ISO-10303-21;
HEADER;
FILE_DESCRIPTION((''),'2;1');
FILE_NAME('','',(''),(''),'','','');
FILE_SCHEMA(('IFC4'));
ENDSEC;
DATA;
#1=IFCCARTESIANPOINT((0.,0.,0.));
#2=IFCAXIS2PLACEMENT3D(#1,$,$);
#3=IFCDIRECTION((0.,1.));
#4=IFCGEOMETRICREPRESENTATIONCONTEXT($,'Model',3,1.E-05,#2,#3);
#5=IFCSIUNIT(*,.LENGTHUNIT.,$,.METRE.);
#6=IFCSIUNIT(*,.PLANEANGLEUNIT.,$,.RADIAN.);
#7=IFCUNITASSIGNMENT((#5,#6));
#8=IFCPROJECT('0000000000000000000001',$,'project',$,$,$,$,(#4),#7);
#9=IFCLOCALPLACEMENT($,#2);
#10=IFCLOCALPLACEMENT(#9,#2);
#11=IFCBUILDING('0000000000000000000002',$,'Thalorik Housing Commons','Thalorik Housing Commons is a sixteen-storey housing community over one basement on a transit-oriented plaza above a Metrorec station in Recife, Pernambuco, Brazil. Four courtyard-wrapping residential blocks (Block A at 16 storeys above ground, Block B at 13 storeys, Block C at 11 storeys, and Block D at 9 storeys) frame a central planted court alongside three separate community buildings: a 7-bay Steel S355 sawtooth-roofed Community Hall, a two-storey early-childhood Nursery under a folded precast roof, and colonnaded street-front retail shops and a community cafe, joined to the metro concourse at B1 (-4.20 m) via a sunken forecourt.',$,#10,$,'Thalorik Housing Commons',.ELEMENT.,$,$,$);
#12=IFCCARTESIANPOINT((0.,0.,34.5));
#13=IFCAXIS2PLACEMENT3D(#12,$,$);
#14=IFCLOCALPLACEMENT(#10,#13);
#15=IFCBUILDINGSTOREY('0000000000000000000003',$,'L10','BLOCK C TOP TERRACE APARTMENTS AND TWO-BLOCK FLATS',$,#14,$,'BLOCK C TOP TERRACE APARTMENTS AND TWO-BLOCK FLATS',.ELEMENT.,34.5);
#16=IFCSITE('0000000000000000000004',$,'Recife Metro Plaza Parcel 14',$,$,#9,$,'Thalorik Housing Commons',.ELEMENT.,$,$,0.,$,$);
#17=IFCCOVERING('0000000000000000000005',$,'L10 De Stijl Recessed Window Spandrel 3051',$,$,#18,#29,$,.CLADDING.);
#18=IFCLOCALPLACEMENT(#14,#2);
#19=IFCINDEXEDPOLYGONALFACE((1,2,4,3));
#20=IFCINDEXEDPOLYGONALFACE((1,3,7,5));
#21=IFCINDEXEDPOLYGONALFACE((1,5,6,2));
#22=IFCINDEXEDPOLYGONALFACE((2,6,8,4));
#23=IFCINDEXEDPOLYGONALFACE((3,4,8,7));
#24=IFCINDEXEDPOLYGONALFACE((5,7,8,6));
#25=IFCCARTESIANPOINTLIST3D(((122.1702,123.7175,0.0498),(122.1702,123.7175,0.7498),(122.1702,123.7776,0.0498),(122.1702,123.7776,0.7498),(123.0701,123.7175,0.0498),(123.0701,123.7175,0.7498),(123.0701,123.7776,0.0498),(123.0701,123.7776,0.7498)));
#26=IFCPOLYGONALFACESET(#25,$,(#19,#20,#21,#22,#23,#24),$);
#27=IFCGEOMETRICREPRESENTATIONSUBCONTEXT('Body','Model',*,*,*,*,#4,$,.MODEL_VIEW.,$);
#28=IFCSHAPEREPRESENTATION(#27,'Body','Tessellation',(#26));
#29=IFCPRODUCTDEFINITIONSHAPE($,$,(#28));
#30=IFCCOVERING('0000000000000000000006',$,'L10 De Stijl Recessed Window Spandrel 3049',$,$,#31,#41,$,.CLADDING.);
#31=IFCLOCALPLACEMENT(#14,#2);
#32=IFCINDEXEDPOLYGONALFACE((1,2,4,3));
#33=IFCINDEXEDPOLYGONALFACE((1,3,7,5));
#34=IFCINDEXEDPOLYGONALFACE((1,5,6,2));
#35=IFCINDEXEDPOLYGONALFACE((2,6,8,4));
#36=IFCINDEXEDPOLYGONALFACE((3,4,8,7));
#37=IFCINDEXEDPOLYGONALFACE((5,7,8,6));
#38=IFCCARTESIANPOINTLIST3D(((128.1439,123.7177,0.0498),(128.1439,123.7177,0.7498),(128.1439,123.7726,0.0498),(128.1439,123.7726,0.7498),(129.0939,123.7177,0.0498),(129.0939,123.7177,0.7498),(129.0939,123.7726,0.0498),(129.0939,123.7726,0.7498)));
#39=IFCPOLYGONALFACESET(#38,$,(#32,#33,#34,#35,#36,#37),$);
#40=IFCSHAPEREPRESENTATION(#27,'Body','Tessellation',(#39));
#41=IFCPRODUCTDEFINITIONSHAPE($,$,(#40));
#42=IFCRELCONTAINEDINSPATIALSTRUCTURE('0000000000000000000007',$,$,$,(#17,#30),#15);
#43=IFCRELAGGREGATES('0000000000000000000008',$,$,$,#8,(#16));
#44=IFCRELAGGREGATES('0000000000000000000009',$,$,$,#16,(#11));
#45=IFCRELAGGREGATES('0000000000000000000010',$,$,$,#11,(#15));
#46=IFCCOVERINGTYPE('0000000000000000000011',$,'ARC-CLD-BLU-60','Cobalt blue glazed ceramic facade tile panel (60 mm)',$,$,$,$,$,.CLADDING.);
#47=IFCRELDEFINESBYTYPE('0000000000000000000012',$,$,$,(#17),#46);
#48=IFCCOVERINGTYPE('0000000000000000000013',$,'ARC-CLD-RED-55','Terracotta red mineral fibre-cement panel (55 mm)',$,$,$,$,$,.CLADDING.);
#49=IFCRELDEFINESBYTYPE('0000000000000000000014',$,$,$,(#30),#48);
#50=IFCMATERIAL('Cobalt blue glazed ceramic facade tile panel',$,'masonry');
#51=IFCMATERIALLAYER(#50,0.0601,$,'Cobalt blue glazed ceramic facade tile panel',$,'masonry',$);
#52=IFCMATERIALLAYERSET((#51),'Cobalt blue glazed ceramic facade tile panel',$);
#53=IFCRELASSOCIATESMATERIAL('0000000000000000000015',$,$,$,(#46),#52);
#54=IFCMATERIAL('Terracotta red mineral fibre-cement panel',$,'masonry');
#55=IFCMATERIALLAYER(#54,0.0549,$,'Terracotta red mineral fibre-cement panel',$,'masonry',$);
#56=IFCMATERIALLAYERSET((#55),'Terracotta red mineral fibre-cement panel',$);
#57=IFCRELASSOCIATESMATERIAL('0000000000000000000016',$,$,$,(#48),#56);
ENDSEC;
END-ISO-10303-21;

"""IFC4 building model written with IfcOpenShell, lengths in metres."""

from ifc_helpers import new_model, si_unit, direction, frame, origin, origin_2d, place, context, subcontext, project, spatial, rectangle, extrude, material, layer, layer_set, type_object, element, save


model = new_model("IFC4")

# Units and contexts
model_context = context("Model", 3, precision=1e-05, world=origin(), true_north=direction((0.0, 1.0)))
body_context = subcontext(model_context, "Body", "Model", "MODEL_VIEW")
ifc_project = project(units=[si_unit("LENGTHUNIT", "METRE"), si_unit("PLANEANGLEUNIT", "RADIAN")], contexts=[model_context])

# Site, building, storey
site_placement = place(None, origin())
site = spatial("IfcSite", under=ifc_project, at=site_placement, Name="Recife Metro Plaza Parcel 14", LongName="Thalorik Housing Commons", CompositionType="ELEMENT", RefElevation=0.0)
building_placement = place(site_placement, origin())
building = spatial("IfcBuilding", under=site, at=building_placement, Name="Thalorik Housing Commons", Description="Thalorik Housing Commons is a sixteen-storey housing community over one basement on a transit-oriented plaza above a Metrorec station in Recife, Pernambuco, Brazil. Four courtyard-wrapping residential blocks (Block A at 16 storeys above ground, Block B at 13 storeys, Block C at 11 storeys, and Block D at 9 storeys) frame a central planted court alongside three separate community buildings: a 7-bay Steel S355 sawtooth-roofed Community Hall, a two-storey early-childhood Nursery under a folded precast roof, and colonnaded street-front retail shops and a community cafe, joined to the metro concourse at B1 (-4.20 m) via a sunken forecourt.", LongName="Thalorik Housing Commons", CompositionType="ELEMENT")
storey_placement = place(building_placement, frame((0.0, 0.0, 34.5)))
storey = spatial("IfcBuildingStorey", under=building, at=storey_placement, Name="L10", Description="BLOCK C TOP TERRACE APARTMENTS AND TWO-BLOCK FLATS", LongName="BLOCK C TOP TERRACE APARTMENTS AND TWO-BLOCK FLATS", CompositionType="ELEMENT", Elevation=34.5)

# Coverings
ifc_material_1 = material(Name="Cobalt blue glazed ceramic facade tile panel", Category="masonry")
ifc_layer_1 = layer(ifc_material_1, 0.0601, Name="Cobalt blue glazed ceramic facade tile panel", Category="masonry")
ifc_layer_set_1 = layer_set([ifc_layer_1], Name="Cobalt blue glazed ceramic facade tile panel")
covering_type_1 = type_object("IfcCoveringType", Name="ARC-CLD-BLU-60", Description="Cobalt blue glazed ceramic facade tile panel (60 mm)", PredefinedType="CLADDING", material=ifc_layer_set_1)
covering_1_placement = place(storey_placement, frame((122.6201, 123.7476, 0.0498), z_axis=(0.0, 0.0, 1.0), x_axis=(-1.0, 0.0, 0.0)))
element("IfcCovering", 1, at=covering_1_placement, inside=storey, type_object=covering_type_1, Name="L10 De Stijl Recessed Window Spandrel 3051", PredefinedType="CLADDING", context=body_context, shape_type="SweptSolid", body=[
    extrude(rectangle(XDim=0.8999, YDim=0.0601, at=origin_2d()), origin(), (0.0, 0.0, 1.0), 0.7),
])
ifc_material_2 = material(Name="Terracotta red mineral fibre-cement panel", Category="masonry")
ifc_layer_2 = layer(ifc_material_2, 0.0549, Name="Terracotta red mineral fibre-cement panel", Category="masonry")
ifc_layer_set_2 = layer_set([ifc_layer_2], Name="Terracotta red mineral fibre-cement panel")
covering_type_2 = type_object("IfcCoveringType", Name="ARC-CLD-RED-55", Description="Terracotta red mineral fibre-cement panel (55 mm)", PredefinedType="CLADDING", material=ifc_layer_set_2)
covering_2_placement = place(storey_placement, frame((128.6189, 123.7451, 0.0498), z_axis=(0.0, 0.0, 1.0), x_axis=(-1.0, 0.0, 0.0)))
element("IfcCovering", 2, at=covering_2_placement, inside=storey, type_object=covering_type_2, Name="L10 De Stijl Recessed Window Spandrel 3049", PredefinedType="CLADDING", context=body_context, shape_type="SweptSolid", body=[
    extrude(rectangle(XDim=0.95, YDim=0.0549, at=origin_2d()), origin(), (0.0, 0.0, 1.0), 0.7),
])

save(model, "model.ifc")
